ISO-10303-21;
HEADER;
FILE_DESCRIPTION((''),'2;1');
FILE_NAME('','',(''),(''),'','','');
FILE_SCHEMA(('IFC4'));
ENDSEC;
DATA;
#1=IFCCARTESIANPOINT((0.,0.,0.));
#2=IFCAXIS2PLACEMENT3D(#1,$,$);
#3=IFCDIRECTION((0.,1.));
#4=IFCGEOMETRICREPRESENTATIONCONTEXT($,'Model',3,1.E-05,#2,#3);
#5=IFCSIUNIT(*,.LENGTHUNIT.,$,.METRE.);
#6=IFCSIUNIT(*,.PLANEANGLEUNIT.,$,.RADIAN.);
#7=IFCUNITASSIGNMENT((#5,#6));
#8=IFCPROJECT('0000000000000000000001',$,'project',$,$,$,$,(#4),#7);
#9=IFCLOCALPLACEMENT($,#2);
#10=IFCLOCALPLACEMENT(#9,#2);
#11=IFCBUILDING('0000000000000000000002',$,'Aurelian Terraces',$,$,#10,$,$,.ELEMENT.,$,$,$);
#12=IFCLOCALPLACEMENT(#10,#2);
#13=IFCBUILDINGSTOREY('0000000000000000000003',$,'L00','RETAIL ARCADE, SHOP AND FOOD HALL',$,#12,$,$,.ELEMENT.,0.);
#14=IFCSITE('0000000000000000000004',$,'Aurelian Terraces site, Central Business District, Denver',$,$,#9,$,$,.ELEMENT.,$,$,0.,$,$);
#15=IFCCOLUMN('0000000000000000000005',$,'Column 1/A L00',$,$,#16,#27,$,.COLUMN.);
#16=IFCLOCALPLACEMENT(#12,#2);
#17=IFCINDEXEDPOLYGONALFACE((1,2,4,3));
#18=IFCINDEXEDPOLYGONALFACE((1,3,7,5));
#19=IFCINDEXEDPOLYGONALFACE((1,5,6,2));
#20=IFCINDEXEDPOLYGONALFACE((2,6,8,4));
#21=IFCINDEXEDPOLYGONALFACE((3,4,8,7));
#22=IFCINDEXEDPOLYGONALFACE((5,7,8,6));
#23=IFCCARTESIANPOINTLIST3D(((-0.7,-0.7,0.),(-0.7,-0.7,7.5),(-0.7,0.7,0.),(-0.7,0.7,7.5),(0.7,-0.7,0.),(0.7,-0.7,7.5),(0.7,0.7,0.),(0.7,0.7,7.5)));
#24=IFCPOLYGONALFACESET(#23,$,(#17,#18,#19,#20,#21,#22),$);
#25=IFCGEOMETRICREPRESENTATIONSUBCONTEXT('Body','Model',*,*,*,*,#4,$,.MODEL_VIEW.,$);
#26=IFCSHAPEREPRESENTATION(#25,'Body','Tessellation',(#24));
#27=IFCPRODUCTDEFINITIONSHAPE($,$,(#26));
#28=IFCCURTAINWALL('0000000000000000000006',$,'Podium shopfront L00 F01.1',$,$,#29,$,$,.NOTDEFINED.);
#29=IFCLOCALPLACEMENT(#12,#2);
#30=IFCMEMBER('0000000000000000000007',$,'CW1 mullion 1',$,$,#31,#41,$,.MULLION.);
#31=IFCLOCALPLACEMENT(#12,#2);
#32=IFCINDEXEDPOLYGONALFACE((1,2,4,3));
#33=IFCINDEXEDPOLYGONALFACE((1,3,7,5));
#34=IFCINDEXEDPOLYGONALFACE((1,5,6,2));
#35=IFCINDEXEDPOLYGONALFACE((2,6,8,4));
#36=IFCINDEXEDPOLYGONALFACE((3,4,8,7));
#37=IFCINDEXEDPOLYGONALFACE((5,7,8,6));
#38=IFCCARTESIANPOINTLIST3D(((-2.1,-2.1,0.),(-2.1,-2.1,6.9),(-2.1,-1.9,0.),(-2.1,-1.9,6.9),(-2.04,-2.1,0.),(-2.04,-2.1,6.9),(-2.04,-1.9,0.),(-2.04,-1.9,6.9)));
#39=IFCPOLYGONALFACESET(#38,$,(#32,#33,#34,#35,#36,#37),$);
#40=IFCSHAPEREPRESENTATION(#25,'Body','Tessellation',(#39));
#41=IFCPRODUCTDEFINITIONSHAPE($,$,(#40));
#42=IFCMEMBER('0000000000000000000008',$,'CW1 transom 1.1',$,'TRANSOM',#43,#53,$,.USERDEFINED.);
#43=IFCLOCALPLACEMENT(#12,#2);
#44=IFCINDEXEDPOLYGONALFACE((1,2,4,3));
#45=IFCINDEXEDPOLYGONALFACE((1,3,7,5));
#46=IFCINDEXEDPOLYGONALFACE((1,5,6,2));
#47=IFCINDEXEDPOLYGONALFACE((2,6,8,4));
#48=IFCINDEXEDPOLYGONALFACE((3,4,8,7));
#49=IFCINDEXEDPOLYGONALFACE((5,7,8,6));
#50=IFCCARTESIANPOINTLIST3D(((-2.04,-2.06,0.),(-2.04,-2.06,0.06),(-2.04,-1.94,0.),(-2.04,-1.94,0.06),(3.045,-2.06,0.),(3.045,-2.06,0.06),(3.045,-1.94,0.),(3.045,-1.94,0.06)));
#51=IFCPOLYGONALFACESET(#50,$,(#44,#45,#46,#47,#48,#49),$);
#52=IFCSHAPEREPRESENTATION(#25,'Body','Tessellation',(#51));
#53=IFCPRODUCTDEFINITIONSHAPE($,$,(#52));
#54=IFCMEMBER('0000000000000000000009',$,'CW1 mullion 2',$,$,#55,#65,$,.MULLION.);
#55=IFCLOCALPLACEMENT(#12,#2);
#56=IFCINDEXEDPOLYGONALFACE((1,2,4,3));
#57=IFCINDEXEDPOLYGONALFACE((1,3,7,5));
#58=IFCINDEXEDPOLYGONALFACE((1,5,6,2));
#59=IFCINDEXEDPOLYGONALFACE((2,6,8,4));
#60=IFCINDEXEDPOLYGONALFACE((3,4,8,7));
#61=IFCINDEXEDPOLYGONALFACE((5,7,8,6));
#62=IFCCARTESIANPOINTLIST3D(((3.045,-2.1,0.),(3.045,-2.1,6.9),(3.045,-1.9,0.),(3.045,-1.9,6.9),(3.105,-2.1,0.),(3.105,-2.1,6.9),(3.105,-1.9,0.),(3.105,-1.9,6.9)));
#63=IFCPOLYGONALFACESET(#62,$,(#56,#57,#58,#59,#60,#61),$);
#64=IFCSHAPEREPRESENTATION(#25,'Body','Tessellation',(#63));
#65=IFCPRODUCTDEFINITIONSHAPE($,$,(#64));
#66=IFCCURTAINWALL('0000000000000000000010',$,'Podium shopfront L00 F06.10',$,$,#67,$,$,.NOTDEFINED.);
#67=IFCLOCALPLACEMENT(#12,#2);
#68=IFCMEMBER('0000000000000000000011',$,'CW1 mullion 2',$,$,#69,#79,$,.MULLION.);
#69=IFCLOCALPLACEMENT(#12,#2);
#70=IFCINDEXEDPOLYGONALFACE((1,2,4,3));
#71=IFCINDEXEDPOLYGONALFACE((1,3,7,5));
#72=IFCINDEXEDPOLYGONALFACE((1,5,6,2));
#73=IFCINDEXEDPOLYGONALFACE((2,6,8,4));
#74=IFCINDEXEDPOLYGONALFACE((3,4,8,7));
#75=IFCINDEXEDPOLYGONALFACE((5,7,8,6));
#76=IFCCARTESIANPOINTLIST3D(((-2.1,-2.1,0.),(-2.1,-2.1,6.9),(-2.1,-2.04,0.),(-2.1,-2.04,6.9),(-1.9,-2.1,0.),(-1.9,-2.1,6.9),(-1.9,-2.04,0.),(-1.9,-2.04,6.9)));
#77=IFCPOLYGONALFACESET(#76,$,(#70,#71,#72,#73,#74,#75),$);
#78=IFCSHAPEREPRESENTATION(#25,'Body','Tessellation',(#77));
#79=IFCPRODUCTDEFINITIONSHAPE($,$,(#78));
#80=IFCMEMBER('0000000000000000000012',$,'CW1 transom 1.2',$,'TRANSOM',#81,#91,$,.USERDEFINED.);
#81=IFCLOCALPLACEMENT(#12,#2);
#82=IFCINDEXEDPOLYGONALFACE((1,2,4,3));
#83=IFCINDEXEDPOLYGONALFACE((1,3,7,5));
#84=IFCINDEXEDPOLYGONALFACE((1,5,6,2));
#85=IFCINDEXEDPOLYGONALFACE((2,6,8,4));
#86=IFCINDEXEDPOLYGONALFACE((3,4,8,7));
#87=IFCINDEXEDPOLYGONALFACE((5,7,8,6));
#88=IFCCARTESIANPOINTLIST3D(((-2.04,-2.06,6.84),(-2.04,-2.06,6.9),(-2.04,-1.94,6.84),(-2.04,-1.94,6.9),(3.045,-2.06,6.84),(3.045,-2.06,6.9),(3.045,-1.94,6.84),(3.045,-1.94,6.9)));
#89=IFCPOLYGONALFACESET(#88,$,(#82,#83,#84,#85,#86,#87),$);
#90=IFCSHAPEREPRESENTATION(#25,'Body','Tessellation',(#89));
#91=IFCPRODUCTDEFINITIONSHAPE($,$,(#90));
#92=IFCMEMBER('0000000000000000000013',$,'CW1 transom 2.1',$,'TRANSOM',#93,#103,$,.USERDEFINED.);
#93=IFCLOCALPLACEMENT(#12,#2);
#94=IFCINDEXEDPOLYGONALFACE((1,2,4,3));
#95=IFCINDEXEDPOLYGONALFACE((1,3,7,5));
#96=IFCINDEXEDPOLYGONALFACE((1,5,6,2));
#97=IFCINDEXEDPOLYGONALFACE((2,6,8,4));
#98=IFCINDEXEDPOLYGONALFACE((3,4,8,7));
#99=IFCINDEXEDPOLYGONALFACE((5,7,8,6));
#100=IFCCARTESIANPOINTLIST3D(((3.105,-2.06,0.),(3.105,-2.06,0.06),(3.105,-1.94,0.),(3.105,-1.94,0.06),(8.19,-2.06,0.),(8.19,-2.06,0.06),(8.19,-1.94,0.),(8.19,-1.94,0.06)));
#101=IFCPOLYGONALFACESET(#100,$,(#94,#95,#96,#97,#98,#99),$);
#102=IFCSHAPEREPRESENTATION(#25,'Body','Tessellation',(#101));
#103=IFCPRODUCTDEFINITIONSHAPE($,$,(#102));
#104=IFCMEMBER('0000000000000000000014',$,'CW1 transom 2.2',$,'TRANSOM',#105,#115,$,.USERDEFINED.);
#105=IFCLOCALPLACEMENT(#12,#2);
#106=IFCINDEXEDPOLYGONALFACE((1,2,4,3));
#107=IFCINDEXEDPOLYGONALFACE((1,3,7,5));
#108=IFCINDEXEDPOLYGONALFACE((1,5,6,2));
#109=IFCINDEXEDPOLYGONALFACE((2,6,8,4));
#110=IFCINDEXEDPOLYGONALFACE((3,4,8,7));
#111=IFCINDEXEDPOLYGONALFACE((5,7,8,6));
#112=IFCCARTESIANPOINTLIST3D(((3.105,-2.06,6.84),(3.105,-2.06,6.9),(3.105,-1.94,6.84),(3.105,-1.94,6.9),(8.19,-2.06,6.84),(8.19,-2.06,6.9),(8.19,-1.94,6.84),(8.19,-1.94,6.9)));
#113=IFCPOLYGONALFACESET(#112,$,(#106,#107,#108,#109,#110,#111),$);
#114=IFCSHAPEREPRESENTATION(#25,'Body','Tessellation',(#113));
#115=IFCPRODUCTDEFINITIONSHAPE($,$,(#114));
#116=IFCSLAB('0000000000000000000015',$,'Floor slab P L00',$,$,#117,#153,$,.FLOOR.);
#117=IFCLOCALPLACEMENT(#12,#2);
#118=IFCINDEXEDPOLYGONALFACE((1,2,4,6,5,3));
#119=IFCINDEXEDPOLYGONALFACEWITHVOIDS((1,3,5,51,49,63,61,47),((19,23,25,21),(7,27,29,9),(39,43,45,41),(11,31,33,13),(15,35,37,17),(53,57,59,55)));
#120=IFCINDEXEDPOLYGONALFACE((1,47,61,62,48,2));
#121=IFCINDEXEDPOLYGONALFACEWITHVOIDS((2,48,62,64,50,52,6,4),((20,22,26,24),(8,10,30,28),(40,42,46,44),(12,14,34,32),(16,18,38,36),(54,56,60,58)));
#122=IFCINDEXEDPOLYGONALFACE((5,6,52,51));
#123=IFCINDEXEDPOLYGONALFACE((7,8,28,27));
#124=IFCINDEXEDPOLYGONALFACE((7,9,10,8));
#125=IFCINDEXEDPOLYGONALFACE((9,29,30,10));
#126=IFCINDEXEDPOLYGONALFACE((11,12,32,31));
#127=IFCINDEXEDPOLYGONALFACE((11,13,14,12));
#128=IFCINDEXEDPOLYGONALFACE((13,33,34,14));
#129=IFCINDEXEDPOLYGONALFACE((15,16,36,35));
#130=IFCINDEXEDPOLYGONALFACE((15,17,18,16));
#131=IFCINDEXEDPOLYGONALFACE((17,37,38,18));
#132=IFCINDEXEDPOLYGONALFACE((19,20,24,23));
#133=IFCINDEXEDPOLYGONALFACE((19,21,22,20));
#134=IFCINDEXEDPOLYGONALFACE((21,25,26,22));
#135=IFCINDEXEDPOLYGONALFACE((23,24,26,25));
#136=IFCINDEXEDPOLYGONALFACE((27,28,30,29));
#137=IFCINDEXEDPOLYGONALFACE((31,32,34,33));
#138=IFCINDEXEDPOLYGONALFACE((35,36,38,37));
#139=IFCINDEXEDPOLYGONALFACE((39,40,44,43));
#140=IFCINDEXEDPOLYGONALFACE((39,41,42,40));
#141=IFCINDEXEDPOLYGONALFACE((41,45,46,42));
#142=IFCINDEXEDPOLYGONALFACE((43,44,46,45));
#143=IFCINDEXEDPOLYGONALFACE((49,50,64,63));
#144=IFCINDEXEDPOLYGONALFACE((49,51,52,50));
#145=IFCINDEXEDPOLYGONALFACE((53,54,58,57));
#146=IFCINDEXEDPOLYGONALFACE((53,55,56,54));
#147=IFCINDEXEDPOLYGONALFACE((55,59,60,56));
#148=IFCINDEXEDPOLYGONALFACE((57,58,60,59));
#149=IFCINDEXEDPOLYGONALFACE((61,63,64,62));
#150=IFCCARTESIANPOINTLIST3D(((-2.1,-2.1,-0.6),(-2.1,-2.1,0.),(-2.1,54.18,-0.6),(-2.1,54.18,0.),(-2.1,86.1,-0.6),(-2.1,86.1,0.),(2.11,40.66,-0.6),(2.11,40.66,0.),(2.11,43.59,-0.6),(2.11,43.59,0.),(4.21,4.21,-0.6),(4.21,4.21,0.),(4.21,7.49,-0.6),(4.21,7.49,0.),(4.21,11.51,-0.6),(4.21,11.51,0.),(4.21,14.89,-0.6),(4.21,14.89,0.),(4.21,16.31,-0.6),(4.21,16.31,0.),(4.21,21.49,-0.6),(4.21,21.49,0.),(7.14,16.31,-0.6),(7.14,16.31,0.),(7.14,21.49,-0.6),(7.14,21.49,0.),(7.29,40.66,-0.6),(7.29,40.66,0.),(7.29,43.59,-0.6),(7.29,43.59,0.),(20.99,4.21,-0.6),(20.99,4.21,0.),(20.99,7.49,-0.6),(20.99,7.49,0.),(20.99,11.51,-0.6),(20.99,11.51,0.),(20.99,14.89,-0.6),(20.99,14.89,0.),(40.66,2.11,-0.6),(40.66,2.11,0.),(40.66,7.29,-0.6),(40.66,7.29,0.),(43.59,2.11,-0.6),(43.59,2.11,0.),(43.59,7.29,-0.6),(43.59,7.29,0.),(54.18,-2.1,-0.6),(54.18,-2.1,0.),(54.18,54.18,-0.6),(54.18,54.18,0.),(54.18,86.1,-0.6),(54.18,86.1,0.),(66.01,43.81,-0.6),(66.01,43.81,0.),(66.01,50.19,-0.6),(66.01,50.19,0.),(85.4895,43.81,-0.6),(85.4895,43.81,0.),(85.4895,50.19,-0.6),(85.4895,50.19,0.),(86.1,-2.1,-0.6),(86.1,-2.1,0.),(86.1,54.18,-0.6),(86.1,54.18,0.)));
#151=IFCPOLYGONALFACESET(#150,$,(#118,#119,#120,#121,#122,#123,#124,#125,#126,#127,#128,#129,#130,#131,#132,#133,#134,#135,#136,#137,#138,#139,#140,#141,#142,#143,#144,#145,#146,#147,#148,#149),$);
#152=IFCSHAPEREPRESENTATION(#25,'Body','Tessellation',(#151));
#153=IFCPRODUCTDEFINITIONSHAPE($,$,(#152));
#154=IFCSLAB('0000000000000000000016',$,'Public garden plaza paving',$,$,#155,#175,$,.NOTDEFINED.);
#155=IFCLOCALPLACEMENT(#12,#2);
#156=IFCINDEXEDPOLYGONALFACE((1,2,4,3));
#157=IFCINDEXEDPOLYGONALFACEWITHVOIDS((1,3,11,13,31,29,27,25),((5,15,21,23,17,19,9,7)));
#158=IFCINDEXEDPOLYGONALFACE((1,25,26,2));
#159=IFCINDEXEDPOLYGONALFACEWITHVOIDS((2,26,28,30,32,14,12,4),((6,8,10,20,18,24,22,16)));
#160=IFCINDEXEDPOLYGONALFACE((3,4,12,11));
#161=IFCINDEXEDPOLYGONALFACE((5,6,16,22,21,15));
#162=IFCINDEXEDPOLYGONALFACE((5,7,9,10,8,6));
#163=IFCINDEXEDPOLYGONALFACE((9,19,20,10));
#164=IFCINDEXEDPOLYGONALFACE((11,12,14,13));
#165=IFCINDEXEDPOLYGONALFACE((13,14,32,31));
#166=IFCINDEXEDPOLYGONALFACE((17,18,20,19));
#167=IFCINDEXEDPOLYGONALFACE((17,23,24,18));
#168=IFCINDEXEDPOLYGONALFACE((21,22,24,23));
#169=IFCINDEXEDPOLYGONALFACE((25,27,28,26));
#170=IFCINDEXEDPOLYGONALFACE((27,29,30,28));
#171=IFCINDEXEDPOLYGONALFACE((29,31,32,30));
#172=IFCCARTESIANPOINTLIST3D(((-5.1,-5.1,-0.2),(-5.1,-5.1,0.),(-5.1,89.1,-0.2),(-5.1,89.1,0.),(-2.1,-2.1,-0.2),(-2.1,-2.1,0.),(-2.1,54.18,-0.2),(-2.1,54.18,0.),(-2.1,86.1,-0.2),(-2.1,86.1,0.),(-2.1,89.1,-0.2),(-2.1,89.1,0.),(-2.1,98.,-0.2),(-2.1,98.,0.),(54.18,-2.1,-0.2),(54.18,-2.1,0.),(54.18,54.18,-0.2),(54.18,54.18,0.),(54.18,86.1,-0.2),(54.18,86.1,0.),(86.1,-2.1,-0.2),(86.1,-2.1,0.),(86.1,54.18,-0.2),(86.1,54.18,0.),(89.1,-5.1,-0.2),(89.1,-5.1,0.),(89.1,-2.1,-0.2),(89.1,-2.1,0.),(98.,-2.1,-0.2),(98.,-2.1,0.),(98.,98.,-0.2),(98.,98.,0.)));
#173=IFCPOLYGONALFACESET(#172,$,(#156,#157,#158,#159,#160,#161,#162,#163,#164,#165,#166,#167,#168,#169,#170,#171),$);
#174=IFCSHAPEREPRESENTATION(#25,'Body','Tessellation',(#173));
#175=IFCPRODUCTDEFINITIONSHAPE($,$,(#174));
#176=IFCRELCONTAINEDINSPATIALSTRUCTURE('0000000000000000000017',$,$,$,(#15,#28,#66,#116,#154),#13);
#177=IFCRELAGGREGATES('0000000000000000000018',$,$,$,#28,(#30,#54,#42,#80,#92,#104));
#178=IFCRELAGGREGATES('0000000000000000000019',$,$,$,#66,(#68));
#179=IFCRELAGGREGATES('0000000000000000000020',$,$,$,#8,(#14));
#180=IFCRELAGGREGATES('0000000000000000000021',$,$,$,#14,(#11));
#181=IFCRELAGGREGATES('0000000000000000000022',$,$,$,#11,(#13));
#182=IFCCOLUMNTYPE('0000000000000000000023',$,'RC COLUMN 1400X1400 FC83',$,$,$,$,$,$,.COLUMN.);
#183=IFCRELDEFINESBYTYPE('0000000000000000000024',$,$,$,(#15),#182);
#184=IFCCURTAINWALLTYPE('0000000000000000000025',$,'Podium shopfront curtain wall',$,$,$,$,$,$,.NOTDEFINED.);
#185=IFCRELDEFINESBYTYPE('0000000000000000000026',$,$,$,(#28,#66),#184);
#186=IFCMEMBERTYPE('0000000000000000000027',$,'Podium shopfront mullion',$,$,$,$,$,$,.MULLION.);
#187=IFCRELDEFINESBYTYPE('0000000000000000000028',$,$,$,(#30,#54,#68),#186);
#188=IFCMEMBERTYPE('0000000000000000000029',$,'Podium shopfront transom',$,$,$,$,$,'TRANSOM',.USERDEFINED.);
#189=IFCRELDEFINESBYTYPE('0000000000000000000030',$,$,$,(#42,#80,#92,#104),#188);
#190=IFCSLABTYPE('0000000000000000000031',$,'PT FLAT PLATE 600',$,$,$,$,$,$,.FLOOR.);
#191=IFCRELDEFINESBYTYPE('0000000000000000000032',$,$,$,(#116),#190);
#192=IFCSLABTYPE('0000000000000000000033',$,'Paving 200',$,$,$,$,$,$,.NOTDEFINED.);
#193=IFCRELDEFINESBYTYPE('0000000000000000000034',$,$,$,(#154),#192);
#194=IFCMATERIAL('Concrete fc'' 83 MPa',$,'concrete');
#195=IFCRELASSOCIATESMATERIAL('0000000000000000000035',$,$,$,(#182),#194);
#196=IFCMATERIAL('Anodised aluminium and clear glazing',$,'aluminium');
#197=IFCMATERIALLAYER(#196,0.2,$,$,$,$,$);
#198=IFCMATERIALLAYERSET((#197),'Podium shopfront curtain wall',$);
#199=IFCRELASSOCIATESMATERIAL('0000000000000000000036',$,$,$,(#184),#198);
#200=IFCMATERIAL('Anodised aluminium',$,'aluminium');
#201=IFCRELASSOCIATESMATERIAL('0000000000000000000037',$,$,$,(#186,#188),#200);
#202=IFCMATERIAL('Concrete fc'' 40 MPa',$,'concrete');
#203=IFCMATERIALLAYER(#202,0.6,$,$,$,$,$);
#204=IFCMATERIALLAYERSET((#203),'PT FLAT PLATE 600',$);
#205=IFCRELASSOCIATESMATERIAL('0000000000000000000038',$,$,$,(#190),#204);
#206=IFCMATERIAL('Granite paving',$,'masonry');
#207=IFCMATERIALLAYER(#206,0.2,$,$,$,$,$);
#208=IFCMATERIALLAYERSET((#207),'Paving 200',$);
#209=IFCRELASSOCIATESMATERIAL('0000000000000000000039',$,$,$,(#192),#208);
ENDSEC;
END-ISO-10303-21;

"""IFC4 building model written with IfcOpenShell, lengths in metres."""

from ifc_helpers import new_model, si_unit, direction, frame, origin, origin_with_axes, origin_2d, place, context, subcontext, project, spatial, polyline, rectangle, outline, extrude, source, transform, mapped, material, layer, layer_set, material_profile, profile_set, type_object, element, aggregate, save


model = new_model("IFC4")

# Units and contexts
model_context = context("Model", 3, precision=1e-05, world=origin(), true_north=direction((0.0, 1.0)))
body_context = subcontext(model_context, "Body", "Model", "MODEL_VIEW")
ifc_project = project(units=[si_unit("LENGTHUNIT", "METRE"), si_unit("PLANEANGLEUNIT", "RADIAN")], contexts=[model_context])

# Site, building, storey
site_placement = place(None, origin())
site = spatial("IfcSite", under=ifc_project, at=site_placement, Name="Aurelian Terraces site, Central Business District, Denver", CompositionType="ELEMENT", RefElevation=0.0)
building_placement = place(site_placement, origin())
building = spatial("IfcBuilding", under=site, at=building_placement, Name="Aurelian Terraces", CompositionType="ELEMENT")
storey_placement = place(building_placement, origin())
storey = spatial("IfcBuildingStorey", under=building, at=storey_placement, Name="L00", Description="RETAIL ARCADE, SHOP AND FOOD HALL", CompositionType="ELEMENT", Elevation=0.0)

# Column
ifc_material_1 = material(Name="Concrete fc' 83 MPa", Category="concrete")
ifc_material_profile_1 = material_profile(ifc_material_1, rectangle(XDim=1.4, YDim=1.4, at=origin_2d()))
ifc_profile_set_1 = profile_set([ifc_material_profile_1], Name="Concrete fc' 83 MPa")
column_type = type_object("IfcColumnType", Name="RC COLUMN 1400X1400 FC83", PredefinedType="COLUMN", material=ifc_profile_set_1)
column_placement = place(storey_placement, origin_with_axes())
element("IfcColumn", 1, at=column_placement, inside=storey, type_object=column_type, Name="Column 1/A L00", PredefinedType="COLUMN", context=body_context, shape_type="SweptSolid", body=[
    extrude(rectangle(XDim=1.4, YDim=1.4, at=origin_2d()), origin(), (0.0, 0.0, 1.0), 7.5),
])

# Curtain wall, members
ifc_material_2 = material(Name="Anodised aluminium and clear glazing", Category="aluminium")
ifc_layer_1 = layer(ifc_material_2, 0.2)
ifc_layer_set_1 = layer_set([ifc_layer_1], Name="Podium shopfront curtain wall")
curtain_wall_type = type_object("IfcCurtainWallType", Name="Podium shopfront curtain wall", PredefinedType="NOTDEFINED", material=ifc_layer_set_1)
curtain_wall_1_placement = place(storey_placement, origin())
curtain_wall_1 = element("IfcCurtainWall", 2, at=curtain_wall_1_placement, inside=storey, type_object=curtain_wall_type, Name="Podium shopfront L00 F01.1", PredefinedType="NOTDEFINED")
ifc_material_3 = material(Name="Anodised aluminium", Category="aluminium")
ifc_material_profile_2 = material_profile(ifc_material_3, rectangle(XDim=0.2, YDim=0.06, at=origin_2d()))
ifc_profile_set_2 = profile_set([ifc_material_profile_2], Name="Anodised aluminium")
member_type_1 = type_object("IfcMemberType", Name="Podium shopfront mullion", PredefinedType="MULLION", material=ifc_profile_set_2)
member_1_placement = place(storey_placement, frame((-2.07, -2.0, 0.0), z_axis=(0.0, 0.0, 1.0), x_axis=(0.0, 1.0, 0.0)))
member_1 = element("IfcMember", 3, at=member_1_placement, type_object=member_type_1, Name="CW1 mullion 1", PredefinedType="MULLION", context=body_context, shape_type="SweptSolid", body=[
    extrude(rectangle(XDim=0.2, YDim=0.06, at=origin_2d()), origin(), (0.0, 0.0, 1.0), 6.9),
])
ifc_material_profile_3 = material_profile(ifc_material_3, rectangle(XDim=0.12, YDim=0.06, at=origin_2d()))
ifc_profile_set_3 = profile_set([ifc_material_profile_3], Name="Anodised aluminium")
member_type_2 = type_object("IfcMemberType", Name="Podium shopfront transom", ElementType="TRANSOM", PredefinedType="USERDEFINED", material=ifc_profile_set_3)
member_2_placement = place(storey_placement, frame((-2.04, -2.0, 0.03), z_axis=(1.0, 0.0, 0.0), x_axis=(0.0, 1.0, 0.0)))
member_2 = element("IfcMember", 4, at=member_2_placement, type_object=member_type_2, Name="CW1 transom 1.1", ObjectType="TRANSOM", PredefinedType="USERDEFINED", context=body_context, shape_type="SweptSolid", body=[
    extrude(rectangle(XDim=0.12, YDim=0.06, at=origin_2d()), origin(), (0.0, 0.0, 1.0), 5.085),
])
shared_shape_1 = source(origin(), body_context, "Body", "SweptSolid", [
    extrude(rectangle(XDim=0.2, YDim=0.06, at=origin_2d()), origin(), (0.0, 0.0, 1.0), 6.9),
])
member_3_placement = place(storey_placement, frame((3.075, -2.0, 0.0), z_axis=(0.0, 0.0, 1.0), x_axis=(0.0, 1.0, 0.0)))
member_3 = element("IfcMember", 5, at=member_3_placement, type_object=member_type_1, Name="CW1 mullion 2", PredefinedType="MULLION", context=body_context, shape_type="MappedRepresentation", body=[
    mapped(shared_shape_1, transform((0.0, 0.0, 0.0), scale=1.0)),
])

# Curtain wall, member
curtain_wall_2_placement = place(storey_placement, origin())
curtain_wall_2 = element("IfcCurtainWall", 6, at=curtain_wall_2_placement, inside=storey, type_object=curtain_wall_type, Name="Podium shopfront L00 F06.10", PredefinedType="NOTDEFINED")
member_4_placement = place(storey_placement, frame((-2.0, -2.07, 0.0), z_axis=(0.0, 0.0, 1.0), x_axis=(1.0, 0.0, 0.0)))
member_4 = element("IfcMember", 7, at=member_4_placement, type_object=member_type_1, Name="CW1 mullion 2", PredefinedType="MULLION", context=body_context, shape_type="MappedRepresentation", body=[
    mapped(shared_shape_1, transform((0.0, 0.0, 0.0), scale=1.0)),
])

# Members
shared_shape_2 = source(origin(), body_context, "Body", "SweptSolid", [
    extrude(rectangle(XDim=0.12, YDim=0.06, at=origin_2d()), origin(), (0.0, 0.0, 1.0), 5.085),
])
member_5_placement = place(storey_placement, frame((-2.04, -2.0, 6.87), z_axis=(1.0, 0.0, 0.0), x_axis=(0.0, 1.0, 0.0)))
member_5 = element("IfcMember", 8, at=member_5_placement, type_object=member_type_2, Name="CW1 transom 1.2", ObjectType="TRANSOM", PredefinedType="USERDEFINED", context=body_context, shape_type="MappedRepresentation", body=[
    mapped(shared_shape_2, transform((0.0, 0.0, 0.0), scale=1.0)),
])
member_6_placement = place(storey_placement, frame((3.105, -2.0, 0.03), z_axis=(1.0, 0.0, 0.0), x_axis=(0.0, 1.0, 0.0)))
member_6 = element("IfcMember", 9, at=member_6_placement, type_object=member_type_2, Name="CW1 transom 2.1", ObjectType="TRANSOM", PredefinedType="USERDEFINED", context=body_context, shape_type="MappedRepresentation", body=[
    mapped(shared_shape_2, transform((0.0, 0.0, 0.0), scale=1.0)),
])
member_7_placement = place(storey_placement, frame((3.105, -2.0, 6.87), z_axis=(1.0, 0.0, 0.0), x_axis=(0.0, 1.0, 0.0)))
member_7 = element("IfcMember", 10, at=member_7_placement, type_object=member_type_2, Name="CW1 transom 2.2", ObjectType="TRANSOM", PredefinedType="USERDEFINED", context=body_context, shape_type="MappedRepresentation", body=[
    mapped(shared_shape_2, transform((0.0, 0.0, 0.0), scale=1.0)),
])

# Slabs
ifc_material_4 = material(Name="Concrete fc' 40 MPa", Category="concrete")
ifc_layer_2 = layer(ifc_material_4, 0.6)
ifc_layer_set_2 = layer_set([ifc_layer_2], Name="PT FLAT PLATE 600")
slab_type_1 = type_object("IfcSlabType", Name="PT FLAT PLATE 600", PredefinedType="FLOOR", material=ifc_layer_set_2)
slab_1_placement = place(storey_placement, frame((0.0, 0.0, -0.6)))
element("IfcSlab", 11, at=slab_1_placement, inside=storey, type_object=slab_type_1, Name="Floor slab P L00", PredefinedType="FLOOR", context=body_context, shape_type="SweptSolid", body=[
    extrude(outline(polyline([(86.1, -2.1), (54.18, -2.1), (-2.1, -2.1), (-2.1, 54.18), (-2.1, 86.1), (54.18, 86.1), (54.18, 54.18), (86.1, 54.18), (86.1, -2.1)]), holes=[polyline([(85.4895, 50.19), (66.01, 50.19), (66.01, 43.81), (85.4895, 43.81), (85.4895, 50.19)]), polyline([(40.66, 2.11), (43.59, 2.11), (43.59, 7.29), (40.66, 7.29), (40.66, 2.11)]), polyline([(4.21, 7.49), (4.21, 4.21), (20.99, 4.21), (20.99, 7.49), (4.21, 7.49)]), polyline([(4.21, 14.89), (4.21, 11.51), (20.99, 11.51), (20.99, 14.89), (4.21, 14.89)]), polyline([(7.29, 43.59), (2.11, 43.59), (2.11, 40.66), (7.29, 40.66), (7.29, 43.59)]), polyline([(4.21, 16.31), (7.14, 16.31), (7.14, 21.49), (4.21, 21.49), (4.21, 16.31)])]), origin(), (0.0, 0.0, 1.0), 0.6),
])
ifc_material_5 = material(Name="Granite paving", Category="masonry")
ifc_layer_3 = layer(ifc_material_5, 0.2)
ifc_layer_set_3 = layer_set([ifc_layer_3], Name="Paving 200")
slab_type_2 = type_object("IfcSlabType", Name="Paving 200", PredefinedType="NOTDEFINED", material=ifc_layer_set_3)
slab_2_placement = place(storey_placement, frame((0.0, 0.0, -0.2)))
element("IfcSlab", 12, at=slab_2_placement, inside=storey, type_object=slab_type_2, Name="Public garden plaza paving", PredefinedType="NOTDEFINED", context=body_context, shape_type="SweptSolid", body=[
    extrude(outline(polyline([(-5.1, 89.1), (-2.1, 89.1), (-2.1, 98.0), (98.0, 98.0), (98.0, -2.1), (89.1, -2.1), (89.1, -5.1), (-5.1, -5.1), (-5.1, 89.1)]), holes=[polyline([(54.18, 86.1), (-2.1, 86.1), (-2.1, 54.18), (-2.1, -2.1), (54.18, -2.1), (86.1, -2.1), (86.1, 54.18), (54.18, 54.18), (54.18, 86.1)])]), origin(), (0.0, 0.0, 1.0), 0.2),
])

aggregate(curtain_wall_1, [member_1, member_3, member_2, member_5, member_6, member_7])
aggregate(curtain_wall_2, [member_4])

save(model, "model.ifc")
